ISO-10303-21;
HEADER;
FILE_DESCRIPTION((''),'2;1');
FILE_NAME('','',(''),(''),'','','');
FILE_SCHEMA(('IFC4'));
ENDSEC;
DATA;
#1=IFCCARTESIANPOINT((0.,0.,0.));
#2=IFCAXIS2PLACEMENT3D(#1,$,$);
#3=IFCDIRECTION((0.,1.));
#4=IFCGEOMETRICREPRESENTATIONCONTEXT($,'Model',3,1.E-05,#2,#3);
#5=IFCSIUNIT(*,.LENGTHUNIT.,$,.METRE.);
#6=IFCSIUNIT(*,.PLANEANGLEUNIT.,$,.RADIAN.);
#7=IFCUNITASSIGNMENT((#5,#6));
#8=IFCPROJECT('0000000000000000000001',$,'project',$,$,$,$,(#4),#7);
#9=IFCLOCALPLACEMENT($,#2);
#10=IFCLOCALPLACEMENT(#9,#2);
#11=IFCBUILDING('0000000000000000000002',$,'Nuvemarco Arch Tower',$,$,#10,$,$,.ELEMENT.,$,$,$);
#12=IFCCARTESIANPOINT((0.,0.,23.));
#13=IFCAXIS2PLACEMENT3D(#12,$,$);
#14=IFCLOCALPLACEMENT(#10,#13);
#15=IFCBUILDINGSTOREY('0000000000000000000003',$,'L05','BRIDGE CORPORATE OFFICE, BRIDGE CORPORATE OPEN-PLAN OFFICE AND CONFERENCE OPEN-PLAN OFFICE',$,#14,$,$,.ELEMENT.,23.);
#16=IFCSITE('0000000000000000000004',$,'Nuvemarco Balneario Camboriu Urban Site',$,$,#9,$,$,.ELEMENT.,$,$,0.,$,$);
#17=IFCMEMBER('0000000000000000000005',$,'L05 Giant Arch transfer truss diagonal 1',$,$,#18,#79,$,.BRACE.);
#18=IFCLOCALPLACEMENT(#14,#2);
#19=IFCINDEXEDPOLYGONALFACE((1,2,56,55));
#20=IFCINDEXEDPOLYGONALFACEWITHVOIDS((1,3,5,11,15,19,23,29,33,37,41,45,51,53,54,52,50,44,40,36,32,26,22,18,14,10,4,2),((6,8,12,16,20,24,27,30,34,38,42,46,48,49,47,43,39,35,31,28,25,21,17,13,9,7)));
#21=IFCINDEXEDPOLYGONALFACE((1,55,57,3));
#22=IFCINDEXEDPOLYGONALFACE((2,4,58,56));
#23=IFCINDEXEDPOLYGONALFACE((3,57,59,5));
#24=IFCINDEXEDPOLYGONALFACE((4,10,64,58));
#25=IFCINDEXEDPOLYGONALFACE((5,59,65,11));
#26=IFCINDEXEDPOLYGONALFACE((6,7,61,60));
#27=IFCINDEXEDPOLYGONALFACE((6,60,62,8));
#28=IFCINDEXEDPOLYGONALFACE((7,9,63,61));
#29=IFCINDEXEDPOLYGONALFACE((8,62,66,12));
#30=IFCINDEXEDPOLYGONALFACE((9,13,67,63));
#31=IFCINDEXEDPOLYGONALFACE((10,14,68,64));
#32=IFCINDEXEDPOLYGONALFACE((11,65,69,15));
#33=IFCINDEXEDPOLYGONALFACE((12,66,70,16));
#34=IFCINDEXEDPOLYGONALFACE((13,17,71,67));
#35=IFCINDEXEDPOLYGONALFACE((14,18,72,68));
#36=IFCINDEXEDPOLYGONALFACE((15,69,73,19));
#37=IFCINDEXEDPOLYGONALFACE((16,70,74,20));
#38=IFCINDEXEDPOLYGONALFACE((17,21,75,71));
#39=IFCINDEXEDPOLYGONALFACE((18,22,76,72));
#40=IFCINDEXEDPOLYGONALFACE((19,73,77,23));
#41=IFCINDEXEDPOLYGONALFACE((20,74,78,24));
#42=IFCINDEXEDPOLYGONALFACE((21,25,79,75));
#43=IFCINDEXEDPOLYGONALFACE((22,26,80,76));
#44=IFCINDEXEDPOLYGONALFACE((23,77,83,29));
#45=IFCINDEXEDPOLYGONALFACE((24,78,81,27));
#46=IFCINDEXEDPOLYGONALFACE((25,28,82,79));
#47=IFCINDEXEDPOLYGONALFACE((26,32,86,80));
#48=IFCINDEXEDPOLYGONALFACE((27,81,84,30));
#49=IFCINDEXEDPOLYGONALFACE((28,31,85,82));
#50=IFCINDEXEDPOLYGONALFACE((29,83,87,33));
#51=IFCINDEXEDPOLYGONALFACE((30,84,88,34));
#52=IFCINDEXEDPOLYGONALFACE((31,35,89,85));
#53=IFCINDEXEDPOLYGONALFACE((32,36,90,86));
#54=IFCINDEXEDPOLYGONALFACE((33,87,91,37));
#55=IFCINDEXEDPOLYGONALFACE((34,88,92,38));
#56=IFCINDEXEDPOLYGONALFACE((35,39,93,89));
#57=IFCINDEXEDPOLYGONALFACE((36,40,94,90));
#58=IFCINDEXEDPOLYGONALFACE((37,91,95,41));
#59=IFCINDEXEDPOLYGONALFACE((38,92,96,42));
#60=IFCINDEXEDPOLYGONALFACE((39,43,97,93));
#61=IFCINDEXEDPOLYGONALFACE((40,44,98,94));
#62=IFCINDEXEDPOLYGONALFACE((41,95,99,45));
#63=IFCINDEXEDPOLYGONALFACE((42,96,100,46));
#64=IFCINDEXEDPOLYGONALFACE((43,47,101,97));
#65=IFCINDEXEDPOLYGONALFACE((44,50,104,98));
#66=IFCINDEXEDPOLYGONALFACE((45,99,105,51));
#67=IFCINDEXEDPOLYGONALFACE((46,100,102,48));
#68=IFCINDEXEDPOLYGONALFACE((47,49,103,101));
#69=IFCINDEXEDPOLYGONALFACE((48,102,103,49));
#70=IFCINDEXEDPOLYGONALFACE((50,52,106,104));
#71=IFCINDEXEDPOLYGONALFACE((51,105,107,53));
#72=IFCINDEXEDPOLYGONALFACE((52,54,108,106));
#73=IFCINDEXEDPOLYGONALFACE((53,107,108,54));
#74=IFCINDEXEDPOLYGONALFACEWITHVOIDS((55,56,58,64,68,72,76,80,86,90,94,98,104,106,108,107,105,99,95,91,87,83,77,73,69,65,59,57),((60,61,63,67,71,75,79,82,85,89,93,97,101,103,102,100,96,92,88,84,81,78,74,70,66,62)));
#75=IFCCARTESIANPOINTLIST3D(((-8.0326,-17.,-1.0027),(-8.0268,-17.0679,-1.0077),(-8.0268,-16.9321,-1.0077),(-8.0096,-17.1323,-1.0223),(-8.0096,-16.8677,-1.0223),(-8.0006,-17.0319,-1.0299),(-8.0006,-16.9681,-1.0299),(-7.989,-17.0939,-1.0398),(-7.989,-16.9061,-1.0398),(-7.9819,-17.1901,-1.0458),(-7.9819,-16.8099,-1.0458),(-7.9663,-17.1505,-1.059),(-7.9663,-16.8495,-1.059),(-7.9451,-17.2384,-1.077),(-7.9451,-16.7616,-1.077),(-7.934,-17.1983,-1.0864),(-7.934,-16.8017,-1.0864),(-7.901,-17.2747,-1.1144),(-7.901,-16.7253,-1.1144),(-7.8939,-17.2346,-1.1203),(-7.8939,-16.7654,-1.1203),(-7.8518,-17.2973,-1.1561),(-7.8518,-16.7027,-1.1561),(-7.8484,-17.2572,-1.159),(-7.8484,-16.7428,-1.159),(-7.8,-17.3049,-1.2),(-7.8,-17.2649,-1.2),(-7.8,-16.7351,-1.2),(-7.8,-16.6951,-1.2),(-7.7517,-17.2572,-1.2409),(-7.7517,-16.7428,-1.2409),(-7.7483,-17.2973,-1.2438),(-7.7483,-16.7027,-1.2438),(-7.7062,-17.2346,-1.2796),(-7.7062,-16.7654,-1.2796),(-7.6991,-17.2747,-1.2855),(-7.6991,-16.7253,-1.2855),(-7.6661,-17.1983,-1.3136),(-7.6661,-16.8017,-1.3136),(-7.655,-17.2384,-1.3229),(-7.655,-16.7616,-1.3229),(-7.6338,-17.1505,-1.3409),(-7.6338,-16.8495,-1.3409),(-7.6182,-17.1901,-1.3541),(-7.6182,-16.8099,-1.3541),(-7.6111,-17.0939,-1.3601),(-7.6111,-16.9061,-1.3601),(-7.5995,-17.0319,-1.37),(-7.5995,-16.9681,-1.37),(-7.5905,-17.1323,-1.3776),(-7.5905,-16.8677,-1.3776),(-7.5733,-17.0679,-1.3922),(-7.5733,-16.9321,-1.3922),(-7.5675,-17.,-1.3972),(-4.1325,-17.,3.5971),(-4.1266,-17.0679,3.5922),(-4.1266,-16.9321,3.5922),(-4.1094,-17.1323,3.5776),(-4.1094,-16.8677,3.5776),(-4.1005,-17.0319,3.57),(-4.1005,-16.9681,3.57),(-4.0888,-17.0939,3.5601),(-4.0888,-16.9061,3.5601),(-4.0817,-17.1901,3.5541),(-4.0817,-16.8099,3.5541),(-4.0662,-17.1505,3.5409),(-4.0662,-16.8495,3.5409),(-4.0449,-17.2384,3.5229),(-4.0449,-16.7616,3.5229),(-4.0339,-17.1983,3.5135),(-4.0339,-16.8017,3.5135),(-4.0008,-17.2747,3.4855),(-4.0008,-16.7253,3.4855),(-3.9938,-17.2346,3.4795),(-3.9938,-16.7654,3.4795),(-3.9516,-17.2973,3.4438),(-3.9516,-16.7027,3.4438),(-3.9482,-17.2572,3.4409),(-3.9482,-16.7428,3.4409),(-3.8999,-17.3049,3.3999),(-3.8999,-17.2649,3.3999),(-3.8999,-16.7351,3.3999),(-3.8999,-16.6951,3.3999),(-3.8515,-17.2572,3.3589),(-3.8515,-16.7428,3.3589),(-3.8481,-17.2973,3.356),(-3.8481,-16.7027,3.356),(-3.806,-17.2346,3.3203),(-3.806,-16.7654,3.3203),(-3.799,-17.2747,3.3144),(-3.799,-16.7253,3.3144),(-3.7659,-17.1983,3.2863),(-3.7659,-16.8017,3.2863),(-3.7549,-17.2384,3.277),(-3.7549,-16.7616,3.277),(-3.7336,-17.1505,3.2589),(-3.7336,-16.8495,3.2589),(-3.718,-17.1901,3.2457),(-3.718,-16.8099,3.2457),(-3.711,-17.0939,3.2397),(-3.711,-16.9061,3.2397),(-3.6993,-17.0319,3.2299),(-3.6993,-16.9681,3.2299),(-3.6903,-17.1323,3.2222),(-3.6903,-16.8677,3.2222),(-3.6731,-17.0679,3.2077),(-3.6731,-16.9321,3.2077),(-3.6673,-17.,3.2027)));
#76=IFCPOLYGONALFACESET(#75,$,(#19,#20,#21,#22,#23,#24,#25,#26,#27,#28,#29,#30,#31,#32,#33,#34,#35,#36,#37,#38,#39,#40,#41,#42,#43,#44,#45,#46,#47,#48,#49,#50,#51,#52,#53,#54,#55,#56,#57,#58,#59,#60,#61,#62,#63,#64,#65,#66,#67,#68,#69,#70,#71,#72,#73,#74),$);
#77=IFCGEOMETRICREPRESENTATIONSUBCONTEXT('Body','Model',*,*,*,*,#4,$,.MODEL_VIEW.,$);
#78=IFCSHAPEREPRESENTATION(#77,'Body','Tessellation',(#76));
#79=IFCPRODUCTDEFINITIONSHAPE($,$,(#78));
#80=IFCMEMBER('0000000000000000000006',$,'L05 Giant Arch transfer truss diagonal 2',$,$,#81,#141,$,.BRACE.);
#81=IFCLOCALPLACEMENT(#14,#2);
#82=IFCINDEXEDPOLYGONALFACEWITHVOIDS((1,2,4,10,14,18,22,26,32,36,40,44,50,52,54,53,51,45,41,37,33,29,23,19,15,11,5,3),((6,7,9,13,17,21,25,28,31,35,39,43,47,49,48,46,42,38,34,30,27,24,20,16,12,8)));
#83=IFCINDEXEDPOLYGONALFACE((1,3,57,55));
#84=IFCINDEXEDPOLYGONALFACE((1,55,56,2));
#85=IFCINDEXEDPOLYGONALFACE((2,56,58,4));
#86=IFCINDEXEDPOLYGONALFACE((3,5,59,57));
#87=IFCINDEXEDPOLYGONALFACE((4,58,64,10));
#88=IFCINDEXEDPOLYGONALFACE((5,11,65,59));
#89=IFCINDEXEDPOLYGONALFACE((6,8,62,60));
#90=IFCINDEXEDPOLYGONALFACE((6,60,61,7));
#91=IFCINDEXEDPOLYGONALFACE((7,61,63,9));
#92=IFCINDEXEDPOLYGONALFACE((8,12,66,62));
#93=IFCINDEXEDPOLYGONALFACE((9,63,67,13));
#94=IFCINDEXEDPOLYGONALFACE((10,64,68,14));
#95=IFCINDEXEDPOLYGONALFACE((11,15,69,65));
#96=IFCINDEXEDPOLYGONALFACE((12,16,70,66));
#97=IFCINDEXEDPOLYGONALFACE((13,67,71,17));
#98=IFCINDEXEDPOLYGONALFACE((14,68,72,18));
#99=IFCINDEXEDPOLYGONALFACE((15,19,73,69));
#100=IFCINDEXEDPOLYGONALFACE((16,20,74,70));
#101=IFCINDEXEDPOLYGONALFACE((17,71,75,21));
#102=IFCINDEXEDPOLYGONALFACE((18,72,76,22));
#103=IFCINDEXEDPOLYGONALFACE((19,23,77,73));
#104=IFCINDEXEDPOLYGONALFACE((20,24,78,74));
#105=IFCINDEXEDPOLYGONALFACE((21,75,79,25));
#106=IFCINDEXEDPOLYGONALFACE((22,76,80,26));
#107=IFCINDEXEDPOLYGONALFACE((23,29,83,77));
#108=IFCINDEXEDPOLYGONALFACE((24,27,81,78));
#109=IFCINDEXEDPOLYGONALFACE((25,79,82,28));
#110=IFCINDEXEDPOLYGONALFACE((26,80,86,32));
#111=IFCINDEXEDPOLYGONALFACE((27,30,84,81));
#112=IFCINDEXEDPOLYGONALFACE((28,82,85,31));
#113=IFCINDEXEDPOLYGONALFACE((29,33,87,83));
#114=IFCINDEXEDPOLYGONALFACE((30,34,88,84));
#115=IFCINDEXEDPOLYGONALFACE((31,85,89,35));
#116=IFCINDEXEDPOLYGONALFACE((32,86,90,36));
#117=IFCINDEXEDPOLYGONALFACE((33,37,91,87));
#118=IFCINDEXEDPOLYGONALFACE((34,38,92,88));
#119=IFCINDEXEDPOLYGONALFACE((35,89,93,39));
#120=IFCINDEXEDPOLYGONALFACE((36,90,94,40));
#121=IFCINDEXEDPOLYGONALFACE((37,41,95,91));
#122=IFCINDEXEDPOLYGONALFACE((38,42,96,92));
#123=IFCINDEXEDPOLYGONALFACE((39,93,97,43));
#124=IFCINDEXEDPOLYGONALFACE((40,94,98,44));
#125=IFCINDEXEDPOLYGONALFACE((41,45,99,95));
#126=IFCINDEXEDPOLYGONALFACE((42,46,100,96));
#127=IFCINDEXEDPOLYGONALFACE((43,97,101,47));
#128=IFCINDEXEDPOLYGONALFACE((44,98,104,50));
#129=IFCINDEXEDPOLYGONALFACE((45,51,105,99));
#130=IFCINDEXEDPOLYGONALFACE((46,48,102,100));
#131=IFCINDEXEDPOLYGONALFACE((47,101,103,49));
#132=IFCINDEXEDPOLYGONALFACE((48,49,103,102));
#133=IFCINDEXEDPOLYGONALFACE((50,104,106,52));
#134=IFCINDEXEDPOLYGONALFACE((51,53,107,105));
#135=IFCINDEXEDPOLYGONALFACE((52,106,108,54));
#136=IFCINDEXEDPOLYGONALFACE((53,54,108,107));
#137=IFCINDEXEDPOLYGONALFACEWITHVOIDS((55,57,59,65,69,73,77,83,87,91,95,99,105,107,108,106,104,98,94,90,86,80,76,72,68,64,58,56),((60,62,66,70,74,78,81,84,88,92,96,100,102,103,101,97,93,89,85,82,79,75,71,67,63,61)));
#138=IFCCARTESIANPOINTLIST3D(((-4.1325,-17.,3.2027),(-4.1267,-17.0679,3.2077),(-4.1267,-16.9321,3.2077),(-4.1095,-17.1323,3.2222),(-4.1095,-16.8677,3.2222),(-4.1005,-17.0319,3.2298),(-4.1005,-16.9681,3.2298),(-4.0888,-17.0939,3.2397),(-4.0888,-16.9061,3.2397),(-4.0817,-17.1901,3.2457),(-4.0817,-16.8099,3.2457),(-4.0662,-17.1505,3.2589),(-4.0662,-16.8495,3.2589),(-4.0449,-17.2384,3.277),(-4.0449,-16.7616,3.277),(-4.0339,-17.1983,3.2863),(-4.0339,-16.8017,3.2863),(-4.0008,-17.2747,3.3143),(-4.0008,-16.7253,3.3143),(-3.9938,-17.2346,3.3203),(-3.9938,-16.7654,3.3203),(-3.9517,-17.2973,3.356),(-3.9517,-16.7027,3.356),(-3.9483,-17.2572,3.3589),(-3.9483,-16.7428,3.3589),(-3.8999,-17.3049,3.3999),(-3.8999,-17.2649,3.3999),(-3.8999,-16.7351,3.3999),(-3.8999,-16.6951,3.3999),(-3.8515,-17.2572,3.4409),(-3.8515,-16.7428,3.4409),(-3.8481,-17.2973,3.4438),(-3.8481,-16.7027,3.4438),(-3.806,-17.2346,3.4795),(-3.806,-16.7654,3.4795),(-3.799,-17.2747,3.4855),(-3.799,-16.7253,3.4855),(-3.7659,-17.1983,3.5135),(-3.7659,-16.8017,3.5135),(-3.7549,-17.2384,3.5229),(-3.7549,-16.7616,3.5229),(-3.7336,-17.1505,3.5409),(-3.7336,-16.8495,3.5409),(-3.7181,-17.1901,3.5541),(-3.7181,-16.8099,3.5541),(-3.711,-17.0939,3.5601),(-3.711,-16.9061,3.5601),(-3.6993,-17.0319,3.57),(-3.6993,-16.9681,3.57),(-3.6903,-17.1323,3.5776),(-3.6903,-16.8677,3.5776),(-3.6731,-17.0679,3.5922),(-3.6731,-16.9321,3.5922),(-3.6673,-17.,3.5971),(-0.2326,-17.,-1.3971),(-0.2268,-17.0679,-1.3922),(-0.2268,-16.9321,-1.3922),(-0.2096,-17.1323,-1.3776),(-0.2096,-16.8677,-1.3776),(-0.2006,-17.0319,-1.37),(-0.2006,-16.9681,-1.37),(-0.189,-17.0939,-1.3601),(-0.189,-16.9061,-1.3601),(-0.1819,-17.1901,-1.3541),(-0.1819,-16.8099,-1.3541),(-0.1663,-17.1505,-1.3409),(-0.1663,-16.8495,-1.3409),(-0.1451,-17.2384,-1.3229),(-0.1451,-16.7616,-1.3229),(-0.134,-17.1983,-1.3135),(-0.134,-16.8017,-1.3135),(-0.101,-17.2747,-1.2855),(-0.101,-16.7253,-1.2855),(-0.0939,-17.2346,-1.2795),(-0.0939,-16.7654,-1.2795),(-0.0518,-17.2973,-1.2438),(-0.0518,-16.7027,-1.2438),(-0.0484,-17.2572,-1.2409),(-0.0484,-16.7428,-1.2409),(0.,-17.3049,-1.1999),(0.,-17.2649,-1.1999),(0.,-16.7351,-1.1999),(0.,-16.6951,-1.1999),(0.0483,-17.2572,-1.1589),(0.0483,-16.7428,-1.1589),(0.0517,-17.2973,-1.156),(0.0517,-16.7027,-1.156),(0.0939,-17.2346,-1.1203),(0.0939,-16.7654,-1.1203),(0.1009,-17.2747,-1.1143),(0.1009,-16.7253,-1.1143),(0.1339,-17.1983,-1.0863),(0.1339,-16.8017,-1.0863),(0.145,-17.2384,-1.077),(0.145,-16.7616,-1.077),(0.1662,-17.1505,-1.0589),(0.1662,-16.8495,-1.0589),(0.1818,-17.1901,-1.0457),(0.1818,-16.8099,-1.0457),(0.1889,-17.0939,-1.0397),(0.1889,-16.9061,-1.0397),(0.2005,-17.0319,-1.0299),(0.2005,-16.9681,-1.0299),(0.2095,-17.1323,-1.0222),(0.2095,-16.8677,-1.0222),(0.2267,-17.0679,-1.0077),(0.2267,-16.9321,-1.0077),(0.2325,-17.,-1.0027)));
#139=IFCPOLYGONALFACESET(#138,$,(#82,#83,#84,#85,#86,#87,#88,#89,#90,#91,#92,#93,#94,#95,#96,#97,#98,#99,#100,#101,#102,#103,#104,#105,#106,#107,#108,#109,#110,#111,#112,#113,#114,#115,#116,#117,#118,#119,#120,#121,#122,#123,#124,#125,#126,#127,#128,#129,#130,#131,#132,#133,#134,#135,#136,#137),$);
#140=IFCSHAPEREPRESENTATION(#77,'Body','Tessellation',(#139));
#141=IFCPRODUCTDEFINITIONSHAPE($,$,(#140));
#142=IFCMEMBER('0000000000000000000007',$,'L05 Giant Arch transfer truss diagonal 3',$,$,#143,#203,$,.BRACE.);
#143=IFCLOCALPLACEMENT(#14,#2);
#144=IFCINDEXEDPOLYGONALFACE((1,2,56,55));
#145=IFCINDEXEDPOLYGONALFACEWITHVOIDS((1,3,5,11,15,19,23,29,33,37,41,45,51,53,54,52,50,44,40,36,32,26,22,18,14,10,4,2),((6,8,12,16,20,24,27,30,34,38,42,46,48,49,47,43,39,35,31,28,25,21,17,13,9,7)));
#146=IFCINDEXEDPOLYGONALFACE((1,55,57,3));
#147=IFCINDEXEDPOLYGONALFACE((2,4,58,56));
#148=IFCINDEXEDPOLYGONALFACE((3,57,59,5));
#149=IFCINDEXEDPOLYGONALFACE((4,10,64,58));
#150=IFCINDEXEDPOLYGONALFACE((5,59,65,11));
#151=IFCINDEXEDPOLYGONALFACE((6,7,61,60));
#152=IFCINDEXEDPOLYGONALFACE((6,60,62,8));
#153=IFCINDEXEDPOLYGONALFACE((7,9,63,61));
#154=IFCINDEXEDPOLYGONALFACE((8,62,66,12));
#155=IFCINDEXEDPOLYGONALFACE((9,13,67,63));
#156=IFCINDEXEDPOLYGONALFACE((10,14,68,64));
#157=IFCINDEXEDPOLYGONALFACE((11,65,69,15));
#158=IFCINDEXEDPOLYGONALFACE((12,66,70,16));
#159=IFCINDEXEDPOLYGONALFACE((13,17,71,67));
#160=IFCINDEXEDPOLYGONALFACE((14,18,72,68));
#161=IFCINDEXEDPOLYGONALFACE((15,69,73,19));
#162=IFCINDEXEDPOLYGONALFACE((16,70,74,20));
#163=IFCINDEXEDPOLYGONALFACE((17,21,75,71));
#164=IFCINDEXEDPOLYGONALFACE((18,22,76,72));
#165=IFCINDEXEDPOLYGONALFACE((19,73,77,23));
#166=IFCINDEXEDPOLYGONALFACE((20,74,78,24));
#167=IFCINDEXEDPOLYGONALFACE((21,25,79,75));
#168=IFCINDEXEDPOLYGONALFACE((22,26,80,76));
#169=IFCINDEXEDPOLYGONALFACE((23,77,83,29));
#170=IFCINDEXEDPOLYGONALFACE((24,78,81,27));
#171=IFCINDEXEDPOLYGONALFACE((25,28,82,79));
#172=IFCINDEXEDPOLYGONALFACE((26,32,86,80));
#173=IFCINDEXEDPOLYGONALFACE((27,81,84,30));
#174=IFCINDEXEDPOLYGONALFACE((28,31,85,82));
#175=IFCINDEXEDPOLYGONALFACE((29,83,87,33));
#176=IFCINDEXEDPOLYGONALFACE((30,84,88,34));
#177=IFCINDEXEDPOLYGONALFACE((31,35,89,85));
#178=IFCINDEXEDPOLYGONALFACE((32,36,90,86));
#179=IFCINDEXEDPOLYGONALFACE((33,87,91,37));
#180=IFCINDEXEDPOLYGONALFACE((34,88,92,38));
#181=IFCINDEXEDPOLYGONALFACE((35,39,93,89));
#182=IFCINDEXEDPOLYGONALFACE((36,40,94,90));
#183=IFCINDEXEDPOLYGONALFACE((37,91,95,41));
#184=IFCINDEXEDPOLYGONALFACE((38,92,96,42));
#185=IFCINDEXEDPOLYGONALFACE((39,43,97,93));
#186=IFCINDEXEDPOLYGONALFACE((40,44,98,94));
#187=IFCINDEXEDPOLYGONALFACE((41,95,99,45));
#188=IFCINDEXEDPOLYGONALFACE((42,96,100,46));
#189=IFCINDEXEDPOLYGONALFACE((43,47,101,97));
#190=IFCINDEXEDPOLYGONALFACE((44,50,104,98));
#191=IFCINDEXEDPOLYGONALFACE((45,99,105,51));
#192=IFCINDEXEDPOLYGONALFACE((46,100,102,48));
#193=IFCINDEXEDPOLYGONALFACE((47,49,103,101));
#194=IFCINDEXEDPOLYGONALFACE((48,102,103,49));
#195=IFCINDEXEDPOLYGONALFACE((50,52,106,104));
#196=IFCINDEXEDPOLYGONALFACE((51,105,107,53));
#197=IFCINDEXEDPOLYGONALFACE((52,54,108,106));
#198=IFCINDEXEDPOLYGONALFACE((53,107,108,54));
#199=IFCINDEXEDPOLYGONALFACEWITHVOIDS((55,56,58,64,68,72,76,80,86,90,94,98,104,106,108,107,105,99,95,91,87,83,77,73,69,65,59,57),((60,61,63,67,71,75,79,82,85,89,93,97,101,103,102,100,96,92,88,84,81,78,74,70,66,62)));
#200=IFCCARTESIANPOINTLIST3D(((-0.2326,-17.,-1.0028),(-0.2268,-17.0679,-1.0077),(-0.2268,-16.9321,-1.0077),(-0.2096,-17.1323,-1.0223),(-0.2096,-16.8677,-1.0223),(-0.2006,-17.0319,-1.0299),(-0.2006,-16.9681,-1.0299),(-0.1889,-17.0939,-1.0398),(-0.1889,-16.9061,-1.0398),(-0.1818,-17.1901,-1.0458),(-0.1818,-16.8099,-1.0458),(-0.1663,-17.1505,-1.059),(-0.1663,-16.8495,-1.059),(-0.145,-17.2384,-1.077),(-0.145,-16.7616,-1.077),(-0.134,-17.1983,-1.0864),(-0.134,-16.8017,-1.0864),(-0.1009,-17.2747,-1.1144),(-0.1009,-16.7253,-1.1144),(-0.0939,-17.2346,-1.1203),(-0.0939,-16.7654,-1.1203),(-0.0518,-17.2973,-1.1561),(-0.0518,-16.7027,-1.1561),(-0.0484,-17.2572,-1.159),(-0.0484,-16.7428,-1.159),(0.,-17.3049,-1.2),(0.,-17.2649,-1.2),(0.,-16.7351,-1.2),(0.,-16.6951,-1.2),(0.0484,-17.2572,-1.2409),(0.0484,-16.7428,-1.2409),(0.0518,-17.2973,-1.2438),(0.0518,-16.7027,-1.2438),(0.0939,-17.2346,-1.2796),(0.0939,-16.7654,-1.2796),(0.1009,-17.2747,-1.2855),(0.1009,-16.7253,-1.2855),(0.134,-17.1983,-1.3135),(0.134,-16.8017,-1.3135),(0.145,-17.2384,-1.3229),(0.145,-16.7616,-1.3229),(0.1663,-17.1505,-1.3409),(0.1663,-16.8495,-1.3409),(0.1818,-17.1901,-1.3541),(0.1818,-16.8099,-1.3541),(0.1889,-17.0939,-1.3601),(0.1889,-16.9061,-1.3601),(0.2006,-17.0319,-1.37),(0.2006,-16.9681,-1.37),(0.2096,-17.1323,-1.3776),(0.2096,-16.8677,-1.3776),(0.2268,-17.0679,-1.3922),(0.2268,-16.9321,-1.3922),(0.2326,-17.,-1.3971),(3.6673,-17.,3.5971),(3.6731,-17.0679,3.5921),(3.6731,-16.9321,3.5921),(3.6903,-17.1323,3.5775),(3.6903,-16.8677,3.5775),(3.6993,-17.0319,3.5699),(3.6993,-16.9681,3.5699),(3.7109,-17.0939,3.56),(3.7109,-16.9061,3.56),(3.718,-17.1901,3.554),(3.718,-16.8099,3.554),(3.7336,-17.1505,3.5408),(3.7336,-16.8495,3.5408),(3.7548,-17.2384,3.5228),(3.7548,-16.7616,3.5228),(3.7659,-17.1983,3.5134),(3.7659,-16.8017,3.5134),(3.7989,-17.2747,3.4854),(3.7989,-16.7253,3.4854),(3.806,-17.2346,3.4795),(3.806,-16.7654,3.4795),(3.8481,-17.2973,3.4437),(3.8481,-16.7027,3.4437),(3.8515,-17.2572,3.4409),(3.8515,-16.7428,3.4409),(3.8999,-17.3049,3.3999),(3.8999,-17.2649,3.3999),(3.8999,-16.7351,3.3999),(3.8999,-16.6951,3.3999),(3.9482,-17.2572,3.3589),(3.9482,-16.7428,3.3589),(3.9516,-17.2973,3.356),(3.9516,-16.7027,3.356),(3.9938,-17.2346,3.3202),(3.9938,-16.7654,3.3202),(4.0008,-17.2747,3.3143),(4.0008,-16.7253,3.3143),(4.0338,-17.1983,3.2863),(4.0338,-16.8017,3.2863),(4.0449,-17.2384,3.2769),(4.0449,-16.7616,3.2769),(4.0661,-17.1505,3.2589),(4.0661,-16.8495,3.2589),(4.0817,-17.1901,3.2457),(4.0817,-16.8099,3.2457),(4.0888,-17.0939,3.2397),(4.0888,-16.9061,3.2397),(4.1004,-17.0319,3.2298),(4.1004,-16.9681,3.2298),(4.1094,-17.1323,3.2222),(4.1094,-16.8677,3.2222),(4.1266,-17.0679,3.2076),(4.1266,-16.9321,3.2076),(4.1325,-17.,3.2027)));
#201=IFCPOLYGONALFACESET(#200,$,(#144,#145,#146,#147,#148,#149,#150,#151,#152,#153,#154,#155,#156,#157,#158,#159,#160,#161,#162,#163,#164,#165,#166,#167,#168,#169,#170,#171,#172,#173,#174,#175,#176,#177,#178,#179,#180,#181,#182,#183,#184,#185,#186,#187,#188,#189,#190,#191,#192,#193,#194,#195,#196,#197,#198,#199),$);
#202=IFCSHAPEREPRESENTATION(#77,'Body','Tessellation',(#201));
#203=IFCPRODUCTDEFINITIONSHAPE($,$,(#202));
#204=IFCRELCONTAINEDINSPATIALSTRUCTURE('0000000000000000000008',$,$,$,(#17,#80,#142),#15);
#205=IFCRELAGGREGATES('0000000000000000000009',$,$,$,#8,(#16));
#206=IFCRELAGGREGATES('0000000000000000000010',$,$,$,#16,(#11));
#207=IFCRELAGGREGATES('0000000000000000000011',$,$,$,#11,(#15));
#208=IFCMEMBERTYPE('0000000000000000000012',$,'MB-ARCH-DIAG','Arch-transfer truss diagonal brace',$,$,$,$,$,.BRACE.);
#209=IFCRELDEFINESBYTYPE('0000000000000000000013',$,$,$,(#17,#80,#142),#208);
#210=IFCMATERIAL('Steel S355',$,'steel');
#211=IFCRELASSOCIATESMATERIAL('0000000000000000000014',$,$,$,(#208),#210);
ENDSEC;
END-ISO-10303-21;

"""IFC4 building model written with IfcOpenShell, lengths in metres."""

from ifc_helpers import new_model, si_unit, direction, frame, origin, origin_2d, place, context, subcontext, project, spatial, hollow_circle, extrude, material, material_profile, profile_set, type_object, element, save


model = new_model("IFC4")

# Units and contexts
model_context = context("Model", 3, precision=1e-05, world=origin(), true_north=direction((0.0, 1.0)))
body_context = subcontext(model_context, "Body", "Model", "MODEL_VIEW")
ifc_project = project(units=[si_unit("LENGTHUNIT", "METRE"), si_unit("PLANEANGLEUNIT", "RADIAN")], contexts=[model_context])

# Site, building, storey
site_placement = place(None, origin())
site = spatial("IfcSite", under=ifc_project, at=site_placement, Name="Nuvemarco Balneario Camboriu Urban Site", CompositionType="ELEMENT", RefElevation=0.0)
building_placement = place(site_placement, origin())
building = spatial("IfcBuilding", under=site, at=building_placement, Name="Nuvemarco Arch Tower", CompositionType="ELEMENT")
storey_placement = place(building_placement, frame((0.0, 0.0, 23.0)))
storey = spatial("IfcBuildingStorey", under=building, at=storey_placement, Name="L05", Description="BRIDGE CORPORATE OFFICE, BRIDGE CORPORATE OPEN-PLAN OFFICE AND CONFERENCE OPEN-PLAN OFFICE", CompositionType="ELEMENT", Elevation=23.0)

# Shared definitions
ifc_material_1 = material(Name="Steel S355", Category="steel")

# Members
ifc_material_profile_1 = material_profile(ifc_material_1, hollow_circle(Radius=0.3049, WallThickness=0.04, at=origin_2d()), Name="CHS610x40")
ifc_profile_set_1 = profile_set([ifc_material_profile_1], Name="Steel S355")
member_type_1 = type_object("IfcMemberType", Name="MB-ARCH-DIAG", Description="Arch-transfer truss diagonal brace", PredefinedType="BRACE", material=ifc_profile_set_1)
member_1_placement = place(storey_placement, frame((-7.8, -17.0, -1.2), z_axis=(0.646711, 0.0, 0.762735), x_axis=(0.0, 1.0, 0.0)))
element("IfcMember", 1, at=member_1_placement, inside=storey, type_object=member_type_1, Name="L05 Giant Arch transfer truss diagonal 1", PredefinedType="BRACE", context=body_context, shape_type="SweptSolid", body=[
    extrude(hollow_circle(Radius=0.3049, WallThickness=0.04, at=origin_2d()), origin(), (0.0, 0.0, 1.0), 6.0308),
])
for number, where, z_axis, x_axis, name in (
    (2, (-3.8999, -17.0, 3.3999), (0.646688, 0.0, -0.762755), (0.0, 1.0, 0.0), "L05 Giant Arch transfer truss diagonal 2"),
    (3, (0.0, -17.0, -1.2), (0.646688, 0.0, 0.762755), (0.0, 1.0, 0.0), "L05 Giant Arch transfer truss diagonal 3"),
):
    element("IfcMember", number, at=place(storey_placement, frame(where, z_axis=z_axis, x_axis=x_axis)), inside=storey, type_object=member_type_1, Name=name, PredefinedType="BRACE", context=body_context, shape_type="SweptSolid", body=[
        extrude(hollow_circle(Radius=0.3049, WallThickness=0.04, at=origin_2d()), origin(), (0.0, 0.0, 1.0), 6.0305),
    ])

save(model, "model.ifc")
